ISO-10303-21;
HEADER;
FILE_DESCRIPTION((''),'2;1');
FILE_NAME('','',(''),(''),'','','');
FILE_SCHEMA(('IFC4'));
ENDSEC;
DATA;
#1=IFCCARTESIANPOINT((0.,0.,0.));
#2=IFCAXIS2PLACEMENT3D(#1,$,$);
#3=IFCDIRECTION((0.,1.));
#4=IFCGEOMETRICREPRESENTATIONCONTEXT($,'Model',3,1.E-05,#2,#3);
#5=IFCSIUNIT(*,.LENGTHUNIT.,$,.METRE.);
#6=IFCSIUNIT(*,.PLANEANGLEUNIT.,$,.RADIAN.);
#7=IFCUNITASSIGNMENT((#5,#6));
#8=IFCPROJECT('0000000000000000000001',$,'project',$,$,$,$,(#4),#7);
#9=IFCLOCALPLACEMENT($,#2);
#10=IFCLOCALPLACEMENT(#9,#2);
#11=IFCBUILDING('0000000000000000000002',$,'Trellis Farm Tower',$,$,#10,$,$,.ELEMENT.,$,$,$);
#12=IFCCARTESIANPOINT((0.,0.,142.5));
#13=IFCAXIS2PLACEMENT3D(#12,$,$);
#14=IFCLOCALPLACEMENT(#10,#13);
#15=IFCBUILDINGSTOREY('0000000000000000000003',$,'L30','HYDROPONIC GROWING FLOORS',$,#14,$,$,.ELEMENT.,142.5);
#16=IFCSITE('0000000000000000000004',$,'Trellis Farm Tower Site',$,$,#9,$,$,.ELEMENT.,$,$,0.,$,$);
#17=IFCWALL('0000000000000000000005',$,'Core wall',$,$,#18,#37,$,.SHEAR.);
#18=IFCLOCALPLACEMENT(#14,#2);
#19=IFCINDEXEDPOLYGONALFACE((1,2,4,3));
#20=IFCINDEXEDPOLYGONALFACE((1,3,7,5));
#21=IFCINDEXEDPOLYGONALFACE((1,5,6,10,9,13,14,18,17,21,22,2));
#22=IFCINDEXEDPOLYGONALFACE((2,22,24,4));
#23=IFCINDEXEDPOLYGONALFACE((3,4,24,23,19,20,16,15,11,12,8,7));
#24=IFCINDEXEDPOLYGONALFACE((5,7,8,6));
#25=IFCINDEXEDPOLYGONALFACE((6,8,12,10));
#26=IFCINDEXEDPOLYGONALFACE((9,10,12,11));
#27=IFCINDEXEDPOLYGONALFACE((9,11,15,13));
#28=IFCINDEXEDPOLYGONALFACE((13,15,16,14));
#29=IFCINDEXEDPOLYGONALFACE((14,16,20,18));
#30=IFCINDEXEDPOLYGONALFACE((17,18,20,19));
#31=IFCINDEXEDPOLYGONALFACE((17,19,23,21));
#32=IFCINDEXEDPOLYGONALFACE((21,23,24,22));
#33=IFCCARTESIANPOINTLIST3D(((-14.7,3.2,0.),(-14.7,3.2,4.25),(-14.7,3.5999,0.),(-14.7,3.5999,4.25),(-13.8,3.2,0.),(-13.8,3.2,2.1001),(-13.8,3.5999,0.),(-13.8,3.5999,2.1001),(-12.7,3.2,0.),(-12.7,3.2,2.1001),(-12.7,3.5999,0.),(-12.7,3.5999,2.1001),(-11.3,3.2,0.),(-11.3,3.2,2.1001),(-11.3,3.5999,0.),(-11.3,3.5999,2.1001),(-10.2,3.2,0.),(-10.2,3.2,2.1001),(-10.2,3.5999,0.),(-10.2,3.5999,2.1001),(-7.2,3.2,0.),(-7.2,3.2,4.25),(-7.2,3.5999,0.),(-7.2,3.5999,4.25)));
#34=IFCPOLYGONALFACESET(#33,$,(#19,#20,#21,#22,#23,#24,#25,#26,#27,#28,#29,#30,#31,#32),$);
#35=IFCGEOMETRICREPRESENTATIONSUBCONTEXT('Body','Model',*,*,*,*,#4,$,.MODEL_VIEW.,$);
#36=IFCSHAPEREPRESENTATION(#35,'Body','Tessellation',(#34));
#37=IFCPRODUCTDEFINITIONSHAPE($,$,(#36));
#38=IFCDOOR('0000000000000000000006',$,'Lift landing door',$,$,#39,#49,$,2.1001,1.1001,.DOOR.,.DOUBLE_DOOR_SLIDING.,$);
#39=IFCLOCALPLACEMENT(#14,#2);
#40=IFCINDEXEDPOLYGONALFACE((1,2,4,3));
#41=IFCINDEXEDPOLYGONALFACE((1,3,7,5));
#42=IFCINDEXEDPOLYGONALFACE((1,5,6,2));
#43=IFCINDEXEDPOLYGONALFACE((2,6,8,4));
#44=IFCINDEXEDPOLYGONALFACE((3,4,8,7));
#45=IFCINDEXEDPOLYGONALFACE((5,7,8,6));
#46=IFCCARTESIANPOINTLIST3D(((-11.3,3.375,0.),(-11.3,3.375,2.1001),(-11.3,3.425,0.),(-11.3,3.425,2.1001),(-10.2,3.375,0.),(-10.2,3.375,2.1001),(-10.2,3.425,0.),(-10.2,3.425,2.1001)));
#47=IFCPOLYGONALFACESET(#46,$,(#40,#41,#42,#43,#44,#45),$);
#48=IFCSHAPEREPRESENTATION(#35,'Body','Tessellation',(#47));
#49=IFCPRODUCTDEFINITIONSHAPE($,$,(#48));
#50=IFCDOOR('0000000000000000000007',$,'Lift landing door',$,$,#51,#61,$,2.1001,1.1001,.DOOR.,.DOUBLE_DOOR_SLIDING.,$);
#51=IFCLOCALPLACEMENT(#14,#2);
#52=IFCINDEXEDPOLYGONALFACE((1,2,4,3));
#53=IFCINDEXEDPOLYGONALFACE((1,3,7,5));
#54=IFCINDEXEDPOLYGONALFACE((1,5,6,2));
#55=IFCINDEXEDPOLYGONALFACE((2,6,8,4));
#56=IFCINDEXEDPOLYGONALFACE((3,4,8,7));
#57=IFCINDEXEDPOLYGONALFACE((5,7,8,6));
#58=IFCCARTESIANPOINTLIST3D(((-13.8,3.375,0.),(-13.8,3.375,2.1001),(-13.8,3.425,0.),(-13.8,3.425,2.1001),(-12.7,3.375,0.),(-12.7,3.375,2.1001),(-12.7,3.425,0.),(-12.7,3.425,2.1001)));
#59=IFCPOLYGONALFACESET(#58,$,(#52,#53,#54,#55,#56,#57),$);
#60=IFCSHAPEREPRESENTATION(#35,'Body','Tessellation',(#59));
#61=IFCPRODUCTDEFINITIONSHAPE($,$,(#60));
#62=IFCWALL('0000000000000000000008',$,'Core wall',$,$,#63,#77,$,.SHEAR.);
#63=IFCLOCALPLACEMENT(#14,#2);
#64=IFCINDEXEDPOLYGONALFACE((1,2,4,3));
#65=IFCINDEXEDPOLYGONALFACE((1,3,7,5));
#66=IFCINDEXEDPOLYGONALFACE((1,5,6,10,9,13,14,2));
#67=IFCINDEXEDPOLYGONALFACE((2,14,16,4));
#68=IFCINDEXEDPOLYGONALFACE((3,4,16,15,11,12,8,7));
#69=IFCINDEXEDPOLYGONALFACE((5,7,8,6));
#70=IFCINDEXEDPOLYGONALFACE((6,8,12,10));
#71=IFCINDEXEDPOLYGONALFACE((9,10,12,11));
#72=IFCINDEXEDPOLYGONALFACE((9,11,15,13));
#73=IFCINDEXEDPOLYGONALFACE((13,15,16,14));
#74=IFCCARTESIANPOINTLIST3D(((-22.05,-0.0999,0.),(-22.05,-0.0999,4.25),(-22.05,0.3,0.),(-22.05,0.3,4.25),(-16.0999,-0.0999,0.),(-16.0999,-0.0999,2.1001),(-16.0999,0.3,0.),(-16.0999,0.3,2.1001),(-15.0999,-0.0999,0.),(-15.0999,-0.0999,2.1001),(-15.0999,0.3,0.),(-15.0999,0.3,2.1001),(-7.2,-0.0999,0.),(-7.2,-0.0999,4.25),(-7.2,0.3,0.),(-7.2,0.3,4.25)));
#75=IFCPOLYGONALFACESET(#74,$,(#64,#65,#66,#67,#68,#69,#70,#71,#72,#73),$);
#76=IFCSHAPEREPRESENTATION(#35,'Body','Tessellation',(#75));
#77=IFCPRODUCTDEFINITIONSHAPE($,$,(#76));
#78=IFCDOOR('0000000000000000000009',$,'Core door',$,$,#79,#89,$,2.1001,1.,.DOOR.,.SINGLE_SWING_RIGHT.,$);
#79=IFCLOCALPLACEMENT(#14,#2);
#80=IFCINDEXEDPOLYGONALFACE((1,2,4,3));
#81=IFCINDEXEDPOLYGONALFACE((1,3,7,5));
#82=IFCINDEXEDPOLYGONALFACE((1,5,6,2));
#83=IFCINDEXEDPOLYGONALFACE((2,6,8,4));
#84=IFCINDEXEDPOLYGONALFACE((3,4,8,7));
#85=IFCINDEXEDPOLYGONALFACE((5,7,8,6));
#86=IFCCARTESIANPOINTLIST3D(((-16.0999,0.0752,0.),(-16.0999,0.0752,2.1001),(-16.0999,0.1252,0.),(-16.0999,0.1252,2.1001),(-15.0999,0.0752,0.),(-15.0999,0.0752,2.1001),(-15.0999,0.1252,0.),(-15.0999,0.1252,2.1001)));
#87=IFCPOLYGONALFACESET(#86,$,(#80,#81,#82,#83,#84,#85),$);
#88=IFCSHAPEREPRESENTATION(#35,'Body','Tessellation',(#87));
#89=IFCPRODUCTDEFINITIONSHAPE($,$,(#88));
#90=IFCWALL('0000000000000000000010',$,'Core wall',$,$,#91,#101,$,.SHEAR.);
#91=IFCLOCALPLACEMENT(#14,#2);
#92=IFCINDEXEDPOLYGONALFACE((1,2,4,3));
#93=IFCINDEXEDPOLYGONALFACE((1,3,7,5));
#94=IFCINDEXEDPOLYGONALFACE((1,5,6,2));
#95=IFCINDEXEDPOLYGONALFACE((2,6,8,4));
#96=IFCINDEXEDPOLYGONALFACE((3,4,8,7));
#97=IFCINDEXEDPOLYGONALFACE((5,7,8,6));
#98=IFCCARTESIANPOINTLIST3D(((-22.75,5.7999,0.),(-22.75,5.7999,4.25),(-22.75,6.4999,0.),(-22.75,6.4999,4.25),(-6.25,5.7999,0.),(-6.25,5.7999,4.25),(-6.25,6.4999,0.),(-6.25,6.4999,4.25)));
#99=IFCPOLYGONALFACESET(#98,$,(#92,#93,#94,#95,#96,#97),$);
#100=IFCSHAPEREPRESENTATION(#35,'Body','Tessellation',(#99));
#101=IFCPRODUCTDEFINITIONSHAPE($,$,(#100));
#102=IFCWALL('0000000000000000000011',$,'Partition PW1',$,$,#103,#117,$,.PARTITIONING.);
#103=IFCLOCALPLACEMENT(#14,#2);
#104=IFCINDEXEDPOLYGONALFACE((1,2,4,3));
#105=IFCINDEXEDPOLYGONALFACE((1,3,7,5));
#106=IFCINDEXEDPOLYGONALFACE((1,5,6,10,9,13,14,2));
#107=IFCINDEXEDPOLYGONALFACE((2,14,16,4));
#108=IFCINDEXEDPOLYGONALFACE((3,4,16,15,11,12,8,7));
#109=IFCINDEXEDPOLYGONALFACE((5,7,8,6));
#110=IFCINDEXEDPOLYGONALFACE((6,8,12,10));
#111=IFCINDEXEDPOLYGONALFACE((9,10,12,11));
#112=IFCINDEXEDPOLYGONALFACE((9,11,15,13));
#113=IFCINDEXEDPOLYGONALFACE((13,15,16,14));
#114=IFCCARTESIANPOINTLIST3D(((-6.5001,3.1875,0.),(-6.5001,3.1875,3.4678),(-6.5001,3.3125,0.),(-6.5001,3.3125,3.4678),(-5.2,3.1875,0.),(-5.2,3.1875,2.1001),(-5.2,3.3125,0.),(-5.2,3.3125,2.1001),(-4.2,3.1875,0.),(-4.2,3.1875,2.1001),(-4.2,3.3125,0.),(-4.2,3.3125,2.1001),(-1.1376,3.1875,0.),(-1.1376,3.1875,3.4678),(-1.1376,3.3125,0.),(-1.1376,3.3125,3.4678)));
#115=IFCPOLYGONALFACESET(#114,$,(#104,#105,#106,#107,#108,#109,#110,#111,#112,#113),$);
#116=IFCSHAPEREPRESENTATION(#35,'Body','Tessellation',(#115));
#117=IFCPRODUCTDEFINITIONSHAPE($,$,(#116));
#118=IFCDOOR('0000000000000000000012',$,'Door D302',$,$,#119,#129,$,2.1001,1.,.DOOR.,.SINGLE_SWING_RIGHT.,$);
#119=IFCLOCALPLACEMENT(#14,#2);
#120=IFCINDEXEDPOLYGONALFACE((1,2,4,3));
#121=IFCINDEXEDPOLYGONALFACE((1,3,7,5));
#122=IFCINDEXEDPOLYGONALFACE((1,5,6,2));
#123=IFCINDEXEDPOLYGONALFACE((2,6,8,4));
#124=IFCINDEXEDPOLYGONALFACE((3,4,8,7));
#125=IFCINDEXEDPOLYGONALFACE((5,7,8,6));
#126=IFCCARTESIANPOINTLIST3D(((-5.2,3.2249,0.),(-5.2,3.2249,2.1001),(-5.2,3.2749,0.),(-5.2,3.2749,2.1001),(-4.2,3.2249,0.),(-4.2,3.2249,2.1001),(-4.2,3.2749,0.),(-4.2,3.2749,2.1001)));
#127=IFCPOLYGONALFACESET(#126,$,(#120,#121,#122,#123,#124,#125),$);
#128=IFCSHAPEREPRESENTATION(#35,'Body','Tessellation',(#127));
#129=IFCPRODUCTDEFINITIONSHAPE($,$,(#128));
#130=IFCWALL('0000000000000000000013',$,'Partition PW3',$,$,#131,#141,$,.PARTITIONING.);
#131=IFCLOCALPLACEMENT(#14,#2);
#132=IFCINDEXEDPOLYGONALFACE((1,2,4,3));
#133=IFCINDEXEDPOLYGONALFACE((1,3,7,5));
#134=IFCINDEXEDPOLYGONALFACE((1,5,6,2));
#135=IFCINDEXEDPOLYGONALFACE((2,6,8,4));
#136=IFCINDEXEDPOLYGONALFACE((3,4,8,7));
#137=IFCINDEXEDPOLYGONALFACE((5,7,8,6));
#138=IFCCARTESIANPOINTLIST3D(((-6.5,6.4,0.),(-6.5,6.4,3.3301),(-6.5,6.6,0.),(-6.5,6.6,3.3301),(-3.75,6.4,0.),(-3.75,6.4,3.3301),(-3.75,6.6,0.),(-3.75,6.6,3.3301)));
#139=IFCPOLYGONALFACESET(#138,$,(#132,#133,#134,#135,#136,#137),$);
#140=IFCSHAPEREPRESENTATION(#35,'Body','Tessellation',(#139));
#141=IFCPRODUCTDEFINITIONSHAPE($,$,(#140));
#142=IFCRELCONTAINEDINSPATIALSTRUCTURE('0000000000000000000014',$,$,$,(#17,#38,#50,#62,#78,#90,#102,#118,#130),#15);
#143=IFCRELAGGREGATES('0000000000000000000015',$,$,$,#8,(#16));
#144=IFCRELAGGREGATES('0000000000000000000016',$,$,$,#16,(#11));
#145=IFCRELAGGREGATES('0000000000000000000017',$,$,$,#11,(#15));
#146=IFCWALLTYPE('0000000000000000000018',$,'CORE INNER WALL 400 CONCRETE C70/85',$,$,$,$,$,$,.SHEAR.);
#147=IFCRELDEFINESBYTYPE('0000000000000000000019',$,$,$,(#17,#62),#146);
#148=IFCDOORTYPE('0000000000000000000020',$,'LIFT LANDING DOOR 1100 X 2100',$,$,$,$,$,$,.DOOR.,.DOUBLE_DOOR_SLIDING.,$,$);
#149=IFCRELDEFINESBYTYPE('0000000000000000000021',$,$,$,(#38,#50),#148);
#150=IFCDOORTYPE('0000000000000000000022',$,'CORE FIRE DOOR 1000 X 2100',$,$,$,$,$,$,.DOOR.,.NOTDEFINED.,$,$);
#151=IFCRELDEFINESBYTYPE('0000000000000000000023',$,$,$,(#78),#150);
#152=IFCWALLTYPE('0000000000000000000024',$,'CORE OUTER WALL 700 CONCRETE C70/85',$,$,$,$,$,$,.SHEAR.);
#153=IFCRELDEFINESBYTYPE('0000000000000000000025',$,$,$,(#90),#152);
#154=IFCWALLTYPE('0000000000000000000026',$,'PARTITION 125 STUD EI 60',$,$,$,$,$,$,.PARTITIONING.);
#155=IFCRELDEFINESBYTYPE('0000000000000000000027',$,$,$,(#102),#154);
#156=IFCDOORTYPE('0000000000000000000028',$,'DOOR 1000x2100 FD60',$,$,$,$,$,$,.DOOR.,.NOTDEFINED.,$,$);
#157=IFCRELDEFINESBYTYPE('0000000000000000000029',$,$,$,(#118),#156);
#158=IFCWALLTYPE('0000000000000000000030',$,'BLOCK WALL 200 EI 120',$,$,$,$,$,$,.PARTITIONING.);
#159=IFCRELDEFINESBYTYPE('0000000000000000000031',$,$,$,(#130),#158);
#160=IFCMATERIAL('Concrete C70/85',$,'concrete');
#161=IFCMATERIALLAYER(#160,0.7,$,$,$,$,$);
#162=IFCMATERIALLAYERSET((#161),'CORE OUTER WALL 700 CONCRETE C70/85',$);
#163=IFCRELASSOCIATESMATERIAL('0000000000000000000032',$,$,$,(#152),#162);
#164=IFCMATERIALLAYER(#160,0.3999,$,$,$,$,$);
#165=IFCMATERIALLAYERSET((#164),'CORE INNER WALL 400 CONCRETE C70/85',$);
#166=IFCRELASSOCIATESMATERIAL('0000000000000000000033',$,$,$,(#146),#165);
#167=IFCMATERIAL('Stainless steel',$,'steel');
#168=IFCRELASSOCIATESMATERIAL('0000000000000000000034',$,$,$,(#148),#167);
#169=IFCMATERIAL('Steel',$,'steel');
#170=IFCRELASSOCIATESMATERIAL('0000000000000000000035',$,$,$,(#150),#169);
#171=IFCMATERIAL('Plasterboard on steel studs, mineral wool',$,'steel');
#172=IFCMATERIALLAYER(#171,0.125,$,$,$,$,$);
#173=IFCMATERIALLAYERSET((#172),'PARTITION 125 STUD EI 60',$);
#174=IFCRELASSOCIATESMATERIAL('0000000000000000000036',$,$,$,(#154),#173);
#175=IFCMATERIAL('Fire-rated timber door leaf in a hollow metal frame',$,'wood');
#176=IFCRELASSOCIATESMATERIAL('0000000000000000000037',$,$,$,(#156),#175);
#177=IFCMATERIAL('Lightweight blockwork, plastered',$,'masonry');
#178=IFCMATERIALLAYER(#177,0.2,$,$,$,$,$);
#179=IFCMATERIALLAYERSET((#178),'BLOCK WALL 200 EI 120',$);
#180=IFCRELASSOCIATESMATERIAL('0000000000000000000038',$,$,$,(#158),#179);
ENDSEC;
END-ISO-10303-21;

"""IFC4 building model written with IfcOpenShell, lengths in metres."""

from ifc_helpers import new_model, si_unit, direction, frame, frame_2d, origin, place, context, subcontext, project, spatial, rectangle, extrude, source, transform, mapped, material, layer, layer_set, type_object, element, fill, save


model = new_model("IFC4")

# Units and contexts
model_context = context("Model", 3, precision=1e-05, world=origin(), true_north=direction((0.0, 1.0)))
body_context = subcontext(model_context, "Body", "Model", "MODEL_VIEW")
ifc_project = project(units=[si_unit("LENGTHUNIT", "METRE"), si_unit("PLANEANGLEUNIT", "RADIAN")], contexts=[model_context])

# Site, building, storey
site_placement = place(None, origin())
site = spatial("IfcSite", under=ifc_project, at=site_placement, Name="Trellis Farm Tower Site", CompositionType="ELEMENT", RefElevation=0.0)
building_placement = place(site_placement, origin())
building = spatial("IfcBuilding", under=site, at=building_placement, Name="Trellis Farm Tower", CompositionType="ELEMENT")
storey_placement = place(building_placement, frame((0.0, 0.0, 142.5)))
storey = spatial("IfcBuildingStorey", under=building, at=storey_placement, Name="L30", Description="HYDROPONIC GROWING FLOORS", CompositionType="ELEMENT", Elevation=142.5)

# Shared definitions
ifc_material_1 = material(Name="Concrete C70/85", Category="concrete")
ifc_layer_1 = layer(ifc_material_1, 0.7)
ifc_layer_set_1 = layer_set([ifc_layer_1], Name="CORE OUTER WALL 700 CONCRETE C70/85")
wall_type_1 = type_object("IfcWallType", Name="CORE OUTER WALL 700 CONCRETE C70/85", PredefinedType="SHEAR", material=ifc_layer_set_1)
ifc_material_2 = material(Name="Steel", Category="steel")

# Shared definitions
ifc_layer_2 = layer(ifc_material_1, 0.3999)
ifc_layer_set_2 = layer_set([ifc_layer_2], Name="CORE INNER WALL 400 CONCRETE C70/85")
wall_type_2 = type_object("IfcWallType", Name="CORE INNER WALL 400 CONCRETE C70/85", PredefinedType="SHEAR", material=ifc_layer_set_2)

# Wall, openings, doors
shared_shape_1 = source(origin(), body_context, "Body", "SweptSolid", [
    extrude(rectangle(XDim=7.5, YDim=0.3999, at=frame_2d((3.75, 0.0))), origin(), (0.0, 0.0, 1.0), 4.25),
])
wall_1_placement = place(storey_placement, frame((-7.2, 3.3999, 0.0), z_axis=(0.0, 0.0, 1.0), x_axis=(-1.0, 0.0, 0.0)))
wall_1 = element("IfcWall", 1, at=wall_1_placement, inside=storey, type_object=wall_type_2, Name="Core wall", PredefinedType="SHEAR", context=body_context, shape_type="MappedRepresentation", body=[
    mapped(shared_shape_1, transform((0.0, 0.0, 0.0))),
])
shared_shape_2 = source(origin(), body_context, "Body", "SweptSolid", [
    extrude(rectangle(XDim=1.1001, YDim=2.1001, at=frame_2d((0.55, 1.05))), frame((0.0, 0.21, 0.0), z_axis=(0.0, -1.0, 0.0), x_axis=(1.0, 0.0, 0.0)), (0.0, 0.0, 1.0), 0.4199),
])
opening_1_placement = place(wall_1_placement, frame((3.0, 0.0, 0.0)))
opening_1 = element("IfcOpeningElement", 2, at=opening_1_placement, cuts=wall_1, PredefinedType="OPENING", context=body_context, shape_type="MappedRepresentation", body=[
    mapped(shared_shape_2, transform((0.0, 0.0, 0.0))),
])
opening_2_placement = place(wall_1_placement, frame((5.5, 0.0, 0.0)))
opening_2 = element("IfcOpeningElement", 3, at=opening_2_placement, cuts=wall_1, PredefinedType="OPENING", context=body_context, shape_type="MappedRepresentation", body=[
    mapped(shared_shape_2, transform((0.0, 0.0, 0.0))),
])
ifc_material_3 = material(Name="Stainless steel", Category="steel")
door_type_1 = type_object("IfcDoorType", Name="LIFT LANDING DOOR 1100 X 2100", OperationType="DOUBLE_DOOR_SLIDING", PredefinedType="DOOR", material=ifc_material_3)
shared_shape_3 = source(origin(), body_context, "Body", "SweptSolid", [
    extrude(rectangle(XDim=1.1001, YDim=2.1001, at=frame_2d((0.55, 1.05))), frame((0.0, 0.0249, 0.0), z_axis=(0.0, -1.0, 0.0), x_axis=(1.0, 0.0, 0.0)), (0.0, 0.0, 1.0), 0.05),
])
door_1_placement = place(opening_1_placement, origin())
door_1 = element("IfcDoor", 4, at=door_1_placement, inside=storey, type_object=door_type_1, Name="Lift landing door", OperationType="DOUBLE_DOOR_SLIDING", OverallHeight=2.1001, OverallWidth=1.1001, PredefinedType="DOOR", context=body_context, shape_type="MappedRepresentation", body=[
    mapped(shared_shape_3, transform((0.0, 0.0, 0.0))),
])
fill(opening_1, door_1)
door_2_placement = place(opening_2_placement, origin())
door_2 = element("IfcDoor", 5, at=door_2_placement, inside=storey, type_object=door_type_1, Name="Lift landing door", OperationType="DOUBLE_DOOR_SLIDING", OverallHeight=2.1001, OverallWidth=1.1001, PredefinedType="DOOR", context=body_context, shape_type="MappedRepresentation", body=[
    mapped(shared_shape_3, transform((0.0, 0.0, 0.0))),
])
fill(opening_2, door_2)

# Wall, opening, door
shared_shape_4 = source(origin(), body_context, "Body", "SweptSolid", [
    extrude(rectangle(XDim=14.8501, YDim=0.3999, at=frame_2d((7.425, 0.0))), origin(), (0.0, 0.0, 1.0), 4.25),
])
wall_2_placement = place(storey_placement, frame((-7.2, 0.1001, 0.0), z_axis=(0.0, 0.0, 1.0), x_axis=(-1.0, 0.0, 0.0)))
wall_2 = element("IfcWall", 6, at=wall_2_placement, inside=storey, type_object=wall_type_2, Name="Core wall", PredefinedType="SHEAR", context=body_context, shape_type="MappedRepresentation", body=[
    mapped(shared_shape_4, transform((0.0, 0.0, 0.0))),
])
shared_shape_5 = source(origin(), body_context, "Body", "SweptSolid", [
    extrude(rectangle(XDim=1.0, YDim=2.1001, at=frame_2d((0.5, 1.05))), frame((0.0, 0.21, 0.0), z_axis=(0.0, -1.0, 0.0), x_axis=(1.0, 0.0, 0.0)), (0.0, 0.0, 1.0), 0.4199),
])
opening_3_placement = place(wall_2_placement, frame((7.8999, 0.0, 0.0)))
opening_3 = element("IfcOpeningElement", 7, at=opening_3_placement, cuts=wall_2, PredefinedType="OPENING", context=body_context, shape_type="MappedRepresentation", body=[
    mapped(shared_shape_5, transform((0.0, 0.0, 0.0))),
])
door_type_2 = type_object("IfcDoorType", Name="CORE FIRE DOOR 1000 X 2100", OperationType="NOTDEFINED", PredefinedType="DOOR", material=ifc_material_2)
shared_shape_6 = source(origin(), body_context, "Body", "SweptSolid", [
    extrude(rectangle(XDim=1.0, YDim=2.1001, at=frame_2d((0.5, 1.05))), frame((0.0, 0.0249, 0.0), z_axis=(0.0, -1.0, 0.0), x_axis=(1.0, 0.0, 0.0)), (0.0, 0.0, 1.0), 0.05),
])
door_3_placement = place(opening_3_placement, origin())
door_3 = element("IfcDoor", 8, at=door_3_placement, inside=storey, type_object=door_type_2, Name="Core door", OperationType="SINGLE_SWING_RIGHT", OverallHeight=2.1001, OverallWidth=1.0, PredefinedType="DOOR", context=body_context, shape_type="MappedRepresentation", body=[
    mapped(shared_shape_6, transform((0.0, 0.0, 0.0))),
])
fill(opening_3, door_3)

# Wall
shared_shape_7 = source(origin(), body_context, "Body", "SweptSolid", [
    extrude(rectangle(XDim=16.5, YDim=0.7, at=frame_2d((8.25, 0.0))), origin(), (0.0, 0.0, 1.0), 4.25),
])
wall_3_placement = place(storey_placement, frame((-6.25, 6.1499, 0.0), z_axis=(0.0, 0.0, 1.0), x_axis=(-1.0, 0.0, 0.0)))
element("IfcWall", 9, at=wall_3_placement, inside=storey, type_object=wall_type_1, Name="Core wall", PredefinedType="SHEAR", context=body_context, shape_type="MappedRepresentation", body=[
    mapped(shared_shape_7, transform((0.0, 0.0, 0.0))),
])

# Wall, opening, door
ifc_material_4 = material(Name="Plasterboard on steel studs, mineral wool", Category="steel")
ifc_layer_3 = layer(ifc_material_4, 0.125)
ifc_layer_set_3 = layer_set([ifc_layer_3], Name="PARTITION 125 STUD EI 60")
wall_type_3 = type_object("IfcWallType", Name="PARTITION 125 STUD EI 60", PredefinedType="PARTITIONING", material=ifc_layer_set_3)
shared_shape_8 = source(origin(), body_context, "Body", "SweptSolid", [
    extrude(rectangle(XDim=5.3625, YDim=0.125, at=frame_2d((2.6812, 0.0))), origin(), (0.0, 0.0, 1.0), 3.4678),
])
wall_4_placement = place(storey_placement, frame((-6.5, 3.25, 0.0), z_axis=(0.0, 0.0, 1.0), x_axis=(1.0, 0.0, 0.0)))
wall_4 = element("IfcWall", 10, at=wall_4_placement, inside=storey, type_object=wall_type_3, Name="Partition PW1", PredefinedType="PARTITIONING", context=body_context, shape_type="MappedRepresentation", body=[
    mapped(shared_shape_8, transform((0.0, 0.0, 0.0))),
])
shared_shape_9 = source(origin(), body_context, "Body", "SweptSolid", [
    extrude(rectangle(XDim=1.0, YDim=2.1001, at=frame_2d((0.5, 1.05))), frame((0.0, 0.0725, 0.0), z_axis=(0.0, -1.0, 0.0), x_axis=(1.0, 0.0, 0.0)), (0.0, 0.0, 1.0), 0.145),
])
opening_4_placement = place(wall_4_placement, frame((1.3, 0.0, 0.0)))
opening_4 = element("IfcOpeningElement", 11, at=opening_4_placement, cuts=wall_4, PredefinedType="OPENING", context=body_context, shape_type="MappedRepresentation", body=[
    mapped(shared_shape_9, transform((0.0, 0.0, 0.0))),
])
ifc_material_5 = material(Name="Fire-rated timber door leaf in a hollow metal frame", Category="wood")
door_type_3 = type_object("IfcDoorType", Name="DOOR 1000x2100 FD60", OperationType="NOTDEFINED", PredefinedType="DOOR", material=ifc_material_5)
door_4_placement = place(opening_4_placement, origin())
door_4 = element("IfcDoor", 12, at=door_4_placement, inside=storey, type_object=door_type_3, Name="Door D302", OperationType="SINGLE_SWING_RIGHT", OverallHeight=2.1001, OverallWidth=1.0, PredefinedType="DOOR", context=body_context, shape_type="MappedRepresentation", body=[
    mapped(shared_shape_6, transform((0.0, 0.0, 0.0))),
])
fill(opening_4, door_4)

# Wall
ifc_material_6 = material(Name="Lightweight blockwork, plastered", Category="masonry")
ifc_layer_4 = layer(ifc_material_6, 0.2)
ifc_layer_set_4 = layer_set([ifc_layer_4], Name="BLOCK WALL 200 EI 120")
wall_type_4 = type_object("IfcWallType", Name="BLOCK WALL 200 EI 120", PredefinedType="PARTITIONING", material=ifc_layer_set_4)
shared_shape_10 = source(origin(), body_context, "Body", "SweptSolid", [
    extrude(rectangle(XDim=2.75, YDim=0.2, at=frame_2d((1.375, 0.0))), origin(), (0.0, 0.0, 1.0), 3.3301),
])
wall_5_placement = place(storey_placement, frame((-6.5, 6.5, 0.0), z_axis=(0.0, 0.0, 1.0), x_axis=(1.0, 0.0, 0.0)))
element("IfcWall", 13, at=wall_5_placement, inside=storey, type_object=wall_type_4, Name="Partition PW3", PredefinedType="PARTITIONING", context=body_context, shape_type="MappedRepresentation", body=[
    mapped(shared_shape_10, transform((0.0, 0.0, 0.0))),
])

save(model, "model.ifc")
